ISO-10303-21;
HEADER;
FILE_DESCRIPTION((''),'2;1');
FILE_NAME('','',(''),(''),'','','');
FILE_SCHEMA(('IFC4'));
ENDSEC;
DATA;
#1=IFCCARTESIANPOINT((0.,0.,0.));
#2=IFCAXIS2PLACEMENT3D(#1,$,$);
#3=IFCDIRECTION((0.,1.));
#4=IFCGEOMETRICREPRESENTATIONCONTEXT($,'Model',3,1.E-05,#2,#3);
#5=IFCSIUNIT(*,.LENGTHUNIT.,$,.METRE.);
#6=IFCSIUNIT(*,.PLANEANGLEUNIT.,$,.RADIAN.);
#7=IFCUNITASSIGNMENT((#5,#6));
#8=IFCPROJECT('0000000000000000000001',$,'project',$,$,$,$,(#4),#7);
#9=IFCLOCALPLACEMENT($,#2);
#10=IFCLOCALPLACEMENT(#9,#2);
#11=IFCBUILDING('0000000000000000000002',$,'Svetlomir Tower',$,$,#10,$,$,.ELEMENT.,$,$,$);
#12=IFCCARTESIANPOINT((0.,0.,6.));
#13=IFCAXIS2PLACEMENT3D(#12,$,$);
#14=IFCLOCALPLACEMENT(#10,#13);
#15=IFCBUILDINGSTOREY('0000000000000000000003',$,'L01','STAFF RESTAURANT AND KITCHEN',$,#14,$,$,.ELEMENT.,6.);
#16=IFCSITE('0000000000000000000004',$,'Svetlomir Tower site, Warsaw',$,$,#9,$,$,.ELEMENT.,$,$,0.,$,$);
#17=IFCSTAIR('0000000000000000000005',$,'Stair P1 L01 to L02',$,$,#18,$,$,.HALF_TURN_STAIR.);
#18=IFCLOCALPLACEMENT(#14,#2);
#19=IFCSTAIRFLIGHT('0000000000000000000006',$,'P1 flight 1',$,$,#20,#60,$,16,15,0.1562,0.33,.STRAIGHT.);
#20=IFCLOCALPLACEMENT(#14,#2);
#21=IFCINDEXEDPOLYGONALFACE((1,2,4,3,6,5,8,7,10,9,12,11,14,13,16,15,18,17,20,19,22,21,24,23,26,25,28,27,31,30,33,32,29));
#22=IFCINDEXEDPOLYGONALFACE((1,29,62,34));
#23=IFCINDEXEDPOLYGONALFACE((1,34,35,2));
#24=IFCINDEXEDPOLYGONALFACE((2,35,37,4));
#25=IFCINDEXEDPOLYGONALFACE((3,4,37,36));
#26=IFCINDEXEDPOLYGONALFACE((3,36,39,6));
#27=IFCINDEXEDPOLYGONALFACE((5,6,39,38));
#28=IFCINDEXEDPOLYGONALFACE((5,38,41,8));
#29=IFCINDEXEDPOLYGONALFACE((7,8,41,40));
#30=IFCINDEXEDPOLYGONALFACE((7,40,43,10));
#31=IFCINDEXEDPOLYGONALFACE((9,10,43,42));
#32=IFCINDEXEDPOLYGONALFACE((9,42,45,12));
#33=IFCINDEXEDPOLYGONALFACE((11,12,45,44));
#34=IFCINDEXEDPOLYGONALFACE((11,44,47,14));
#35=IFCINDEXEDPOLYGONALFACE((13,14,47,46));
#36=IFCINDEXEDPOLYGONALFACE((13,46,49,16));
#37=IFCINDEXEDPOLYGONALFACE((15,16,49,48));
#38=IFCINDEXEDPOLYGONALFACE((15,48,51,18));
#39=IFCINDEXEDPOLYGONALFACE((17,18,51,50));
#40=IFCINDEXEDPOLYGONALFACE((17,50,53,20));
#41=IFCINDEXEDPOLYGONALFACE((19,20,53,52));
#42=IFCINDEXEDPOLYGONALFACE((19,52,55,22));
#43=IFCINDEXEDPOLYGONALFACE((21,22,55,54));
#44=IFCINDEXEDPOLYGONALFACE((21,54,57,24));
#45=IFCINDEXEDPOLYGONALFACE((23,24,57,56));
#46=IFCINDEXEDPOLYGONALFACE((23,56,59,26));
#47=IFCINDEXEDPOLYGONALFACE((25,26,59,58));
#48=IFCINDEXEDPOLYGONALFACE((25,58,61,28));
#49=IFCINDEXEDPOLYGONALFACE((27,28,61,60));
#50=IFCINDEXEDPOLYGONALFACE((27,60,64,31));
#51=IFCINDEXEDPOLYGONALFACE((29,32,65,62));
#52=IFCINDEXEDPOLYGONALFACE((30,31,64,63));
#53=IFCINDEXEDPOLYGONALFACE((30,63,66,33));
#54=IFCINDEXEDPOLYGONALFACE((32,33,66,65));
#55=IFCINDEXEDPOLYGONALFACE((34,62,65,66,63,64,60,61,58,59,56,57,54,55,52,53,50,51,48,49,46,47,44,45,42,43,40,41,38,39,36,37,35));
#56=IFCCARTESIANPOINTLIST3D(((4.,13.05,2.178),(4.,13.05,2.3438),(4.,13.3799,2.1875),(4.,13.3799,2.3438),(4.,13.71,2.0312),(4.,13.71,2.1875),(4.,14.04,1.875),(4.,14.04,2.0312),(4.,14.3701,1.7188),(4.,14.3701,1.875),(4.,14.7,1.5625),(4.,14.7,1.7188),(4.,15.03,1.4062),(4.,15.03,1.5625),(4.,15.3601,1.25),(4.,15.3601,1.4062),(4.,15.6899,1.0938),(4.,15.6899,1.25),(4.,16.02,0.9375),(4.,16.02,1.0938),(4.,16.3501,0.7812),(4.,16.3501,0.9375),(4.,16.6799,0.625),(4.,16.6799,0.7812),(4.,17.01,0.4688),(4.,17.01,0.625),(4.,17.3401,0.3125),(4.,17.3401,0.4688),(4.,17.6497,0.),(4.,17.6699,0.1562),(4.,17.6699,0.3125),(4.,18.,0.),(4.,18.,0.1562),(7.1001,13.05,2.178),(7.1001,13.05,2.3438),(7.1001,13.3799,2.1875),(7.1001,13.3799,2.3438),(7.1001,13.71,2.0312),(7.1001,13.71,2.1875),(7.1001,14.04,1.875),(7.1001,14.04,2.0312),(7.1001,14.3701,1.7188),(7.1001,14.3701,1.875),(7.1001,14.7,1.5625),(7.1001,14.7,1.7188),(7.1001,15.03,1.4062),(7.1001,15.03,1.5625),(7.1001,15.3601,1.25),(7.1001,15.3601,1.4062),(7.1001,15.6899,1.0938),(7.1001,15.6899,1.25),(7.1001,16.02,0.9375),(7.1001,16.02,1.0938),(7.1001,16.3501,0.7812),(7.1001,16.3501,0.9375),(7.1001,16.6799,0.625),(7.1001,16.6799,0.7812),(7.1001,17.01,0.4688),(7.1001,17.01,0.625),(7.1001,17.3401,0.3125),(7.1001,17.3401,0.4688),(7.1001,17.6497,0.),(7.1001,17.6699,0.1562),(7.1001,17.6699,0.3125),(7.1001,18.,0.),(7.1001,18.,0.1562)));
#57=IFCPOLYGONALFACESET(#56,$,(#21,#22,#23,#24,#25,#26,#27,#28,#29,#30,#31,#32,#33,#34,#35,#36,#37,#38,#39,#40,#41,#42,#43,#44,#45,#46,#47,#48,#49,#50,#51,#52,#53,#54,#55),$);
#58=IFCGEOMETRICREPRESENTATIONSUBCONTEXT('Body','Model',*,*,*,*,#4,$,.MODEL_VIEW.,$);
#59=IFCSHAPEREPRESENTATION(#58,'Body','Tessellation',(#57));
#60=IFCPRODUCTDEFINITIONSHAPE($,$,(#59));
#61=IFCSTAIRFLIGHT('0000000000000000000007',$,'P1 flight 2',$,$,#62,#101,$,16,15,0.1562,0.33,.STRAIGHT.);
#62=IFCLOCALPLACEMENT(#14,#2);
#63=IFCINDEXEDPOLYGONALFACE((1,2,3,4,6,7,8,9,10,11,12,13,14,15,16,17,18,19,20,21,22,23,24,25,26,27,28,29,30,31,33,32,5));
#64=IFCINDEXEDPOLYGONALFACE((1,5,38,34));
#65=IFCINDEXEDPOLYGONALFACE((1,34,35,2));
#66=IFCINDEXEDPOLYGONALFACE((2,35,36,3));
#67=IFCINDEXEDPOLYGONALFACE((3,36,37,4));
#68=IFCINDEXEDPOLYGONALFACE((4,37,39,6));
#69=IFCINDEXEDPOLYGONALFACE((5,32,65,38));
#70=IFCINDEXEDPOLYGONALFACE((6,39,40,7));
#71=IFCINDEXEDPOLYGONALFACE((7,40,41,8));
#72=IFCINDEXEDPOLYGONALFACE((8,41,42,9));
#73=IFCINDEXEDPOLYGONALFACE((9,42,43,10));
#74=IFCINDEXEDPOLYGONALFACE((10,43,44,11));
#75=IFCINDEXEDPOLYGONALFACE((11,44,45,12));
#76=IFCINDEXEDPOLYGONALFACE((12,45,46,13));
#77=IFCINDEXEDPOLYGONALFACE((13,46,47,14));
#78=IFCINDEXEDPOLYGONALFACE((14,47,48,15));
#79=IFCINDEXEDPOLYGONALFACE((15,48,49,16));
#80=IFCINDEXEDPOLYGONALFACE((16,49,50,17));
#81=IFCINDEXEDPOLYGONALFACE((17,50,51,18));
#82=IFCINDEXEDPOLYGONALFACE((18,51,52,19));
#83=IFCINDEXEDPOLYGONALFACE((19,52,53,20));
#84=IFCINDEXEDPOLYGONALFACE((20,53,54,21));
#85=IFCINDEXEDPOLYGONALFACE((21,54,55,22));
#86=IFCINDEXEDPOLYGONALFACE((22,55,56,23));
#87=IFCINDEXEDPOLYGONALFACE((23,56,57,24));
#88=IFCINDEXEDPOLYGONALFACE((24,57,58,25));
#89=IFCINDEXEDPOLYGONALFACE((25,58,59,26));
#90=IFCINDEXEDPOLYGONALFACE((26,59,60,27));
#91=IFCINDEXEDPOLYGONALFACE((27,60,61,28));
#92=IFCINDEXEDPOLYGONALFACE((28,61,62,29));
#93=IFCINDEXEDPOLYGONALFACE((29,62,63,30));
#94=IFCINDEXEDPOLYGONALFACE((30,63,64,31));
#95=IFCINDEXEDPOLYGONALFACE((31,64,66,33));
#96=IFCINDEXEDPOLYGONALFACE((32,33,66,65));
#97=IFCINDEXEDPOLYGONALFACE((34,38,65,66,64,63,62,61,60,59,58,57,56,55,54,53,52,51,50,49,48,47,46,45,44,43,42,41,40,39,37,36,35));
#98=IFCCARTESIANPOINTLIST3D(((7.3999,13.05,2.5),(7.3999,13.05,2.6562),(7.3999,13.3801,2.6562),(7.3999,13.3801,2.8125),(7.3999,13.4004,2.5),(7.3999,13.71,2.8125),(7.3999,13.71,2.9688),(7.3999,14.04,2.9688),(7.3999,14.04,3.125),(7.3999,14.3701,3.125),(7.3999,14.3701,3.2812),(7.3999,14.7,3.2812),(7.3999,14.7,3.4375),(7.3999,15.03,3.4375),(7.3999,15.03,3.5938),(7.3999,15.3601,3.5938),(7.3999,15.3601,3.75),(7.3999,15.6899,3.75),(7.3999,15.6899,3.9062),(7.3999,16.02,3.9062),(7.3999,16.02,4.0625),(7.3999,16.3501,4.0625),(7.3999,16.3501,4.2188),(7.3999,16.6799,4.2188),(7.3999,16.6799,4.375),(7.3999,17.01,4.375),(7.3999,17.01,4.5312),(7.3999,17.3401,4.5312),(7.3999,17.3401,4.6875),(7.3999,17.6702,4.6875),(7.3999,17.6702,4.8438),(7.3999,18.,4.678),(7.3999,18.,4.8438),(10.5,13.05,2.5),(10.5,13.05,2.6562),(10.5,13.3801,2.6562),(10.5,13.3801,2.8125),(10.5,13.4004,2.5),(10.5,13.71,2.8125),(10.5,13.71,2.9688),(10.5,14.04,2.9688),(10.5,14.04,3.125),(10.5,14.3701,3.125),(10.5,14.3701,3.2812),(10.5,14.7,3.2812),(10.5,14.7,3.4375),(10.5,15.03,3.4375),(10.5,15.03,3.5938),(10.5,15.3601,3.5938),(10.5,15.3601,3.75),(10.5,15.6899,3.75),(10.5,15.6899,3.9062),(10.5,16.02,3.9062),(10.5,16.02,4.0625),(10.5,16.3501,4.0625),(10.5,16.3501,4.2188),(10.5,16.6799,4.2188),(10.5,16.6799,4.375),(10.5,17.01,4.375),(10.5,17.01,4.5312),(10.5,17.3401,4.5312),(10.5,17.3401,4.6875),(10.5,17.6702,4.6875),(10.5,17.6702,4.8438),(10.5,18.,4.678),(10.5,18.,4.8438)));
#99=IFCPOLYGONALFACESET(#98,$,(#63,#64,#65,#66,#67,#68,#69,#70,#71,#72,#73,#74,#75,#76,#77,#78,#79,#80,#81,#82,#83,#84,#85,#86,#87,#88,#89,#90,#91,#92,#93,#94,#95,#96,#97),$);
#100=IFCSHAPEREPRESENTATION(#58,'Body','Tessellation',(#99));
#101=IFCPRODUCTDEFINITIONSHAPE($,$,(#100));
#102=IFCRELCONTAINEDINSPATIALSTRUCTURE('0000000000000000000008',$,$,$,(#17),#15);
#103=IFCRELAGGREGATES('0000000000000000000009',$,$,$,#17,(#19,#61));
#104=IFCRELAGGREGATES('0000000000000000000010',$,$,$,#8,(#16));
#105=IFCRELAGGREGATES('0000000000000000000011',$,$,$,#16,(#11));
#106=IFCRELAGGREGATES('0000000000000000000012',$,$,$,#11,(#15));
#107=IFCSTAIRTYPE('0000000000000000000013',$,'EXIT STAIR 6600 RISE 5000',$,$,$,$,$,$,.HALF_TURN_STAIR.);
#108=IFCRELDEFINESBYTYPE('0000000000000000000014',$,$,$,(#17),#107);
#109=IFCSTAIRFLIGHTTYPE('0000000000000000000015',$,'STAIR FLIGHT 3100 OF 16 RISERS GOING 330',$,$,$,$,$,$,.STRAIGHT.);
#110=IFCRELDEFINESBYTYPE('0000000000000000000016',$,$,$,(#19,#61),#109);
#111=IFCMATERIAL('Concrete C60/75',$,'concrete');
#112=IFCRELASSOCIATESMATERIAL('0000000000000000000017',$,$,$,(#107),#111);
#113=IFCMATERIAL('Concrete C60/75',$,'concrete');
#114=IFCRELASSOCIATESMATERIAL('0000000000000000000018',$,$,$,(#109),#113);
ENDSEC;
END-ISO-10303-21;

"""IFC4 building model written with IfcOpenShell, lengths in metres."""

from ifc_helpers import new_model, si_unit, direction, frame, origin, place, context, subcontext, project, spatial, polyline, outline, extrude, material, type_object, element, aggregate, save


model = new_model("IFC4")

# Units and contexts
model_context = context("Model", 3, precision=1e-05, world=origin(), true_north=direction((0.0, 1.0)))
body_context = subcontext(model_context, "Body", "Model", "MODEL_VIEW")
ifc_project = project(units=[si_unit("LENGTHUNIT", "METRE"), si_unit("PLANEANGLEUNIT", "RADIAN")], contexts=[model_context])

# Site, building, storey
site_placement = place(None, origin())
site = spatial("IfcSite", under=ifc_project, at=site_placement, Name="Svetlomir Tower site, Warsaw", CompositionType="ELEMENT", RefElevation=0.0)
building_placement = place(site_placement, origin())
building = spatial("IfcBuilding", under=site, at=building_placement, Name="Svetlomir Tower", CompositionType="ELEMENT")
storey_placement = place(building_placement, frame((0.0, 0.0, 6.0)))
storey = spatial("IfcBuildingStorey", under=building, at=storey_placement, Name="L01", Description="STAFF RESTAURANT AND KITCHEN", CompositionType="ELEMENT", Elevation=6.0)

# Stair, stair flights
ifc_material_1 = material(Name="Concrete C60/75", Category="concrete")
stair_type_1 = type_object("IfcStairType", Name="EXIT STAIR 6600 RISE 5000", PredefinedType="HALF_TURN_STAIR", material=ifc_material_1)
stair_1_placement = place(storey_placement, origin())
stair_1 = element("IfcStair", 1, at=stair_1_placement, inside=storey, type_object=stair_type_1, Name="Stair P1 L01 to L02", PredefinedType="HALF_TURN_STAIR")
ifc_material_2 = material(Name="Concrete C60/75", Category="concrete")
stair_flight_type_1 = type_object("IfcStairFlightType", Name="STAIR FLIGHT 3100 OF 16 RISERS GOING 330", PredefinedType="STRAIGHT", material=ifc_material_2)
stair_flight_1_placement = place(storey_placement, frame((5.55, 18.0, 0.0), z_axis=(0.0, 0.0, 1.0), x_axis=(0.0, -1.0, 0.0)))
stair_flight_1 = element("IfcStairFlight", 2, at=stair_flight_1_placement, type_object=stair_flight_type_1, Name="P1 flight 1", NumberOfRisers=16, NumberOfTreads=15, PredefinedType="STRAIGHT", RiserHeight=0.1562, TreadLength=0.33, context=body_context, shape_type="SweptSolid", body=[
    extrude(outline(polyline([(0.0, 0.0), (0.0, 0.1562), (0.3301, 0.1562), (0.3301, 0.3125), (0.6599, 0.3125), (0.6599, 0.4688), (0.99, 0.4688), (0.99, 0.625), (1.3201, 0.625), (1.3201, 0.7812), (1.6499, 0.7812), (1.6499, 0.9375), (1.98, 0.9375), (1.98, 1.0938), (2.3101, 1.0938), (2.3101, 1.25), (2.6399, 1.25), (2.6399, 1.4062), (2.97, 1.4062), (2.97, 1.5625), (3.3, 1.5625), (3.3, 1.7188), (3.6299, 1.7188), (3.6299, 1.875), (3.96, 1.875), (3.96, 2.0312), (4.29, 2.0312), (4.29, 2.1875), (4.6201, 2.1875), (4.6201, 2.3438), (4.95, 2.3438), (4.95, 2.5), (4.95, 2.178), (0.3503, 0.0), (0.0, 0.0)])), frame((0.0, 1.55, 0.0), z_axis=(0.0, -1.0, 0.0), x_axis=(1.0, 0.0, 0.0)), (0.0, 0.0, 1.0), 3.1001),
])
stair_flight_2_placement = place(storey_placement, frame((8.95, 13.05, 2.5), z_axis=(0.0, 0.0, 1.0), x_axis=(0.0, 1.0, 0.0)))
stair_flight_2 = element("IfcStairFlight", 3, at=stair_flight_2_placement, type_object=stair_flight_type_1, Name="P1 flight 2", NumberOfRisers=16, NumberOfTreads=15, PredefinedType="STRAIGHT", RiserHeight=0.1562, TreadLength=0.33, context=body_context, shape_type="SweptSolid", body=[
    extrude(outline(polyline([(0.0, 0.0), (0.0, 0.1562), (0.3301, 0.1562), (0.3301, 0.3125), (0.6599, 0.3125), (0.6599, 0.4688), (0.99, 0.4688), (0.99, 0.625), (1.3201, 0.625), (1.3201, 0.7812), (1.6499, 0.7812), (1.6499, 0.9375), (1.98, 0.9375), (1.98, 1.0938), (2.3101, 1.0938), (2.3101, 1.25), (2.6399, 1.25), (2.6399, 1.4062), (2.97, 1.4062), (2.97, 1.5625), (3.3, 1.5625), (3.3, 1.7188), (3.6299, 1.7188), (3.6299, 1.875), (3.96, 1.875), (3.96, 2.0312), (4.29, 2.0312), (4.29, 2.1875), (4.6201, 2.1875), (4.6201, 2.3438), (4.95, 2.3438), (4.95, 2.5), (4.95, 2.178), (0.3503, 0.0), (0.0, 0.0)])), frame((0.0, 1.55, 0.0), z_axis=(0.0, -1.0, 0.0), x_axis=(1.0, 0.0, 0.0)), (0.0, 0.0, 1.0), 3.1001),
])
aggregate(stair_1, [stair_flight_1, stair_flight_2])

save(model, "model.ifc")
